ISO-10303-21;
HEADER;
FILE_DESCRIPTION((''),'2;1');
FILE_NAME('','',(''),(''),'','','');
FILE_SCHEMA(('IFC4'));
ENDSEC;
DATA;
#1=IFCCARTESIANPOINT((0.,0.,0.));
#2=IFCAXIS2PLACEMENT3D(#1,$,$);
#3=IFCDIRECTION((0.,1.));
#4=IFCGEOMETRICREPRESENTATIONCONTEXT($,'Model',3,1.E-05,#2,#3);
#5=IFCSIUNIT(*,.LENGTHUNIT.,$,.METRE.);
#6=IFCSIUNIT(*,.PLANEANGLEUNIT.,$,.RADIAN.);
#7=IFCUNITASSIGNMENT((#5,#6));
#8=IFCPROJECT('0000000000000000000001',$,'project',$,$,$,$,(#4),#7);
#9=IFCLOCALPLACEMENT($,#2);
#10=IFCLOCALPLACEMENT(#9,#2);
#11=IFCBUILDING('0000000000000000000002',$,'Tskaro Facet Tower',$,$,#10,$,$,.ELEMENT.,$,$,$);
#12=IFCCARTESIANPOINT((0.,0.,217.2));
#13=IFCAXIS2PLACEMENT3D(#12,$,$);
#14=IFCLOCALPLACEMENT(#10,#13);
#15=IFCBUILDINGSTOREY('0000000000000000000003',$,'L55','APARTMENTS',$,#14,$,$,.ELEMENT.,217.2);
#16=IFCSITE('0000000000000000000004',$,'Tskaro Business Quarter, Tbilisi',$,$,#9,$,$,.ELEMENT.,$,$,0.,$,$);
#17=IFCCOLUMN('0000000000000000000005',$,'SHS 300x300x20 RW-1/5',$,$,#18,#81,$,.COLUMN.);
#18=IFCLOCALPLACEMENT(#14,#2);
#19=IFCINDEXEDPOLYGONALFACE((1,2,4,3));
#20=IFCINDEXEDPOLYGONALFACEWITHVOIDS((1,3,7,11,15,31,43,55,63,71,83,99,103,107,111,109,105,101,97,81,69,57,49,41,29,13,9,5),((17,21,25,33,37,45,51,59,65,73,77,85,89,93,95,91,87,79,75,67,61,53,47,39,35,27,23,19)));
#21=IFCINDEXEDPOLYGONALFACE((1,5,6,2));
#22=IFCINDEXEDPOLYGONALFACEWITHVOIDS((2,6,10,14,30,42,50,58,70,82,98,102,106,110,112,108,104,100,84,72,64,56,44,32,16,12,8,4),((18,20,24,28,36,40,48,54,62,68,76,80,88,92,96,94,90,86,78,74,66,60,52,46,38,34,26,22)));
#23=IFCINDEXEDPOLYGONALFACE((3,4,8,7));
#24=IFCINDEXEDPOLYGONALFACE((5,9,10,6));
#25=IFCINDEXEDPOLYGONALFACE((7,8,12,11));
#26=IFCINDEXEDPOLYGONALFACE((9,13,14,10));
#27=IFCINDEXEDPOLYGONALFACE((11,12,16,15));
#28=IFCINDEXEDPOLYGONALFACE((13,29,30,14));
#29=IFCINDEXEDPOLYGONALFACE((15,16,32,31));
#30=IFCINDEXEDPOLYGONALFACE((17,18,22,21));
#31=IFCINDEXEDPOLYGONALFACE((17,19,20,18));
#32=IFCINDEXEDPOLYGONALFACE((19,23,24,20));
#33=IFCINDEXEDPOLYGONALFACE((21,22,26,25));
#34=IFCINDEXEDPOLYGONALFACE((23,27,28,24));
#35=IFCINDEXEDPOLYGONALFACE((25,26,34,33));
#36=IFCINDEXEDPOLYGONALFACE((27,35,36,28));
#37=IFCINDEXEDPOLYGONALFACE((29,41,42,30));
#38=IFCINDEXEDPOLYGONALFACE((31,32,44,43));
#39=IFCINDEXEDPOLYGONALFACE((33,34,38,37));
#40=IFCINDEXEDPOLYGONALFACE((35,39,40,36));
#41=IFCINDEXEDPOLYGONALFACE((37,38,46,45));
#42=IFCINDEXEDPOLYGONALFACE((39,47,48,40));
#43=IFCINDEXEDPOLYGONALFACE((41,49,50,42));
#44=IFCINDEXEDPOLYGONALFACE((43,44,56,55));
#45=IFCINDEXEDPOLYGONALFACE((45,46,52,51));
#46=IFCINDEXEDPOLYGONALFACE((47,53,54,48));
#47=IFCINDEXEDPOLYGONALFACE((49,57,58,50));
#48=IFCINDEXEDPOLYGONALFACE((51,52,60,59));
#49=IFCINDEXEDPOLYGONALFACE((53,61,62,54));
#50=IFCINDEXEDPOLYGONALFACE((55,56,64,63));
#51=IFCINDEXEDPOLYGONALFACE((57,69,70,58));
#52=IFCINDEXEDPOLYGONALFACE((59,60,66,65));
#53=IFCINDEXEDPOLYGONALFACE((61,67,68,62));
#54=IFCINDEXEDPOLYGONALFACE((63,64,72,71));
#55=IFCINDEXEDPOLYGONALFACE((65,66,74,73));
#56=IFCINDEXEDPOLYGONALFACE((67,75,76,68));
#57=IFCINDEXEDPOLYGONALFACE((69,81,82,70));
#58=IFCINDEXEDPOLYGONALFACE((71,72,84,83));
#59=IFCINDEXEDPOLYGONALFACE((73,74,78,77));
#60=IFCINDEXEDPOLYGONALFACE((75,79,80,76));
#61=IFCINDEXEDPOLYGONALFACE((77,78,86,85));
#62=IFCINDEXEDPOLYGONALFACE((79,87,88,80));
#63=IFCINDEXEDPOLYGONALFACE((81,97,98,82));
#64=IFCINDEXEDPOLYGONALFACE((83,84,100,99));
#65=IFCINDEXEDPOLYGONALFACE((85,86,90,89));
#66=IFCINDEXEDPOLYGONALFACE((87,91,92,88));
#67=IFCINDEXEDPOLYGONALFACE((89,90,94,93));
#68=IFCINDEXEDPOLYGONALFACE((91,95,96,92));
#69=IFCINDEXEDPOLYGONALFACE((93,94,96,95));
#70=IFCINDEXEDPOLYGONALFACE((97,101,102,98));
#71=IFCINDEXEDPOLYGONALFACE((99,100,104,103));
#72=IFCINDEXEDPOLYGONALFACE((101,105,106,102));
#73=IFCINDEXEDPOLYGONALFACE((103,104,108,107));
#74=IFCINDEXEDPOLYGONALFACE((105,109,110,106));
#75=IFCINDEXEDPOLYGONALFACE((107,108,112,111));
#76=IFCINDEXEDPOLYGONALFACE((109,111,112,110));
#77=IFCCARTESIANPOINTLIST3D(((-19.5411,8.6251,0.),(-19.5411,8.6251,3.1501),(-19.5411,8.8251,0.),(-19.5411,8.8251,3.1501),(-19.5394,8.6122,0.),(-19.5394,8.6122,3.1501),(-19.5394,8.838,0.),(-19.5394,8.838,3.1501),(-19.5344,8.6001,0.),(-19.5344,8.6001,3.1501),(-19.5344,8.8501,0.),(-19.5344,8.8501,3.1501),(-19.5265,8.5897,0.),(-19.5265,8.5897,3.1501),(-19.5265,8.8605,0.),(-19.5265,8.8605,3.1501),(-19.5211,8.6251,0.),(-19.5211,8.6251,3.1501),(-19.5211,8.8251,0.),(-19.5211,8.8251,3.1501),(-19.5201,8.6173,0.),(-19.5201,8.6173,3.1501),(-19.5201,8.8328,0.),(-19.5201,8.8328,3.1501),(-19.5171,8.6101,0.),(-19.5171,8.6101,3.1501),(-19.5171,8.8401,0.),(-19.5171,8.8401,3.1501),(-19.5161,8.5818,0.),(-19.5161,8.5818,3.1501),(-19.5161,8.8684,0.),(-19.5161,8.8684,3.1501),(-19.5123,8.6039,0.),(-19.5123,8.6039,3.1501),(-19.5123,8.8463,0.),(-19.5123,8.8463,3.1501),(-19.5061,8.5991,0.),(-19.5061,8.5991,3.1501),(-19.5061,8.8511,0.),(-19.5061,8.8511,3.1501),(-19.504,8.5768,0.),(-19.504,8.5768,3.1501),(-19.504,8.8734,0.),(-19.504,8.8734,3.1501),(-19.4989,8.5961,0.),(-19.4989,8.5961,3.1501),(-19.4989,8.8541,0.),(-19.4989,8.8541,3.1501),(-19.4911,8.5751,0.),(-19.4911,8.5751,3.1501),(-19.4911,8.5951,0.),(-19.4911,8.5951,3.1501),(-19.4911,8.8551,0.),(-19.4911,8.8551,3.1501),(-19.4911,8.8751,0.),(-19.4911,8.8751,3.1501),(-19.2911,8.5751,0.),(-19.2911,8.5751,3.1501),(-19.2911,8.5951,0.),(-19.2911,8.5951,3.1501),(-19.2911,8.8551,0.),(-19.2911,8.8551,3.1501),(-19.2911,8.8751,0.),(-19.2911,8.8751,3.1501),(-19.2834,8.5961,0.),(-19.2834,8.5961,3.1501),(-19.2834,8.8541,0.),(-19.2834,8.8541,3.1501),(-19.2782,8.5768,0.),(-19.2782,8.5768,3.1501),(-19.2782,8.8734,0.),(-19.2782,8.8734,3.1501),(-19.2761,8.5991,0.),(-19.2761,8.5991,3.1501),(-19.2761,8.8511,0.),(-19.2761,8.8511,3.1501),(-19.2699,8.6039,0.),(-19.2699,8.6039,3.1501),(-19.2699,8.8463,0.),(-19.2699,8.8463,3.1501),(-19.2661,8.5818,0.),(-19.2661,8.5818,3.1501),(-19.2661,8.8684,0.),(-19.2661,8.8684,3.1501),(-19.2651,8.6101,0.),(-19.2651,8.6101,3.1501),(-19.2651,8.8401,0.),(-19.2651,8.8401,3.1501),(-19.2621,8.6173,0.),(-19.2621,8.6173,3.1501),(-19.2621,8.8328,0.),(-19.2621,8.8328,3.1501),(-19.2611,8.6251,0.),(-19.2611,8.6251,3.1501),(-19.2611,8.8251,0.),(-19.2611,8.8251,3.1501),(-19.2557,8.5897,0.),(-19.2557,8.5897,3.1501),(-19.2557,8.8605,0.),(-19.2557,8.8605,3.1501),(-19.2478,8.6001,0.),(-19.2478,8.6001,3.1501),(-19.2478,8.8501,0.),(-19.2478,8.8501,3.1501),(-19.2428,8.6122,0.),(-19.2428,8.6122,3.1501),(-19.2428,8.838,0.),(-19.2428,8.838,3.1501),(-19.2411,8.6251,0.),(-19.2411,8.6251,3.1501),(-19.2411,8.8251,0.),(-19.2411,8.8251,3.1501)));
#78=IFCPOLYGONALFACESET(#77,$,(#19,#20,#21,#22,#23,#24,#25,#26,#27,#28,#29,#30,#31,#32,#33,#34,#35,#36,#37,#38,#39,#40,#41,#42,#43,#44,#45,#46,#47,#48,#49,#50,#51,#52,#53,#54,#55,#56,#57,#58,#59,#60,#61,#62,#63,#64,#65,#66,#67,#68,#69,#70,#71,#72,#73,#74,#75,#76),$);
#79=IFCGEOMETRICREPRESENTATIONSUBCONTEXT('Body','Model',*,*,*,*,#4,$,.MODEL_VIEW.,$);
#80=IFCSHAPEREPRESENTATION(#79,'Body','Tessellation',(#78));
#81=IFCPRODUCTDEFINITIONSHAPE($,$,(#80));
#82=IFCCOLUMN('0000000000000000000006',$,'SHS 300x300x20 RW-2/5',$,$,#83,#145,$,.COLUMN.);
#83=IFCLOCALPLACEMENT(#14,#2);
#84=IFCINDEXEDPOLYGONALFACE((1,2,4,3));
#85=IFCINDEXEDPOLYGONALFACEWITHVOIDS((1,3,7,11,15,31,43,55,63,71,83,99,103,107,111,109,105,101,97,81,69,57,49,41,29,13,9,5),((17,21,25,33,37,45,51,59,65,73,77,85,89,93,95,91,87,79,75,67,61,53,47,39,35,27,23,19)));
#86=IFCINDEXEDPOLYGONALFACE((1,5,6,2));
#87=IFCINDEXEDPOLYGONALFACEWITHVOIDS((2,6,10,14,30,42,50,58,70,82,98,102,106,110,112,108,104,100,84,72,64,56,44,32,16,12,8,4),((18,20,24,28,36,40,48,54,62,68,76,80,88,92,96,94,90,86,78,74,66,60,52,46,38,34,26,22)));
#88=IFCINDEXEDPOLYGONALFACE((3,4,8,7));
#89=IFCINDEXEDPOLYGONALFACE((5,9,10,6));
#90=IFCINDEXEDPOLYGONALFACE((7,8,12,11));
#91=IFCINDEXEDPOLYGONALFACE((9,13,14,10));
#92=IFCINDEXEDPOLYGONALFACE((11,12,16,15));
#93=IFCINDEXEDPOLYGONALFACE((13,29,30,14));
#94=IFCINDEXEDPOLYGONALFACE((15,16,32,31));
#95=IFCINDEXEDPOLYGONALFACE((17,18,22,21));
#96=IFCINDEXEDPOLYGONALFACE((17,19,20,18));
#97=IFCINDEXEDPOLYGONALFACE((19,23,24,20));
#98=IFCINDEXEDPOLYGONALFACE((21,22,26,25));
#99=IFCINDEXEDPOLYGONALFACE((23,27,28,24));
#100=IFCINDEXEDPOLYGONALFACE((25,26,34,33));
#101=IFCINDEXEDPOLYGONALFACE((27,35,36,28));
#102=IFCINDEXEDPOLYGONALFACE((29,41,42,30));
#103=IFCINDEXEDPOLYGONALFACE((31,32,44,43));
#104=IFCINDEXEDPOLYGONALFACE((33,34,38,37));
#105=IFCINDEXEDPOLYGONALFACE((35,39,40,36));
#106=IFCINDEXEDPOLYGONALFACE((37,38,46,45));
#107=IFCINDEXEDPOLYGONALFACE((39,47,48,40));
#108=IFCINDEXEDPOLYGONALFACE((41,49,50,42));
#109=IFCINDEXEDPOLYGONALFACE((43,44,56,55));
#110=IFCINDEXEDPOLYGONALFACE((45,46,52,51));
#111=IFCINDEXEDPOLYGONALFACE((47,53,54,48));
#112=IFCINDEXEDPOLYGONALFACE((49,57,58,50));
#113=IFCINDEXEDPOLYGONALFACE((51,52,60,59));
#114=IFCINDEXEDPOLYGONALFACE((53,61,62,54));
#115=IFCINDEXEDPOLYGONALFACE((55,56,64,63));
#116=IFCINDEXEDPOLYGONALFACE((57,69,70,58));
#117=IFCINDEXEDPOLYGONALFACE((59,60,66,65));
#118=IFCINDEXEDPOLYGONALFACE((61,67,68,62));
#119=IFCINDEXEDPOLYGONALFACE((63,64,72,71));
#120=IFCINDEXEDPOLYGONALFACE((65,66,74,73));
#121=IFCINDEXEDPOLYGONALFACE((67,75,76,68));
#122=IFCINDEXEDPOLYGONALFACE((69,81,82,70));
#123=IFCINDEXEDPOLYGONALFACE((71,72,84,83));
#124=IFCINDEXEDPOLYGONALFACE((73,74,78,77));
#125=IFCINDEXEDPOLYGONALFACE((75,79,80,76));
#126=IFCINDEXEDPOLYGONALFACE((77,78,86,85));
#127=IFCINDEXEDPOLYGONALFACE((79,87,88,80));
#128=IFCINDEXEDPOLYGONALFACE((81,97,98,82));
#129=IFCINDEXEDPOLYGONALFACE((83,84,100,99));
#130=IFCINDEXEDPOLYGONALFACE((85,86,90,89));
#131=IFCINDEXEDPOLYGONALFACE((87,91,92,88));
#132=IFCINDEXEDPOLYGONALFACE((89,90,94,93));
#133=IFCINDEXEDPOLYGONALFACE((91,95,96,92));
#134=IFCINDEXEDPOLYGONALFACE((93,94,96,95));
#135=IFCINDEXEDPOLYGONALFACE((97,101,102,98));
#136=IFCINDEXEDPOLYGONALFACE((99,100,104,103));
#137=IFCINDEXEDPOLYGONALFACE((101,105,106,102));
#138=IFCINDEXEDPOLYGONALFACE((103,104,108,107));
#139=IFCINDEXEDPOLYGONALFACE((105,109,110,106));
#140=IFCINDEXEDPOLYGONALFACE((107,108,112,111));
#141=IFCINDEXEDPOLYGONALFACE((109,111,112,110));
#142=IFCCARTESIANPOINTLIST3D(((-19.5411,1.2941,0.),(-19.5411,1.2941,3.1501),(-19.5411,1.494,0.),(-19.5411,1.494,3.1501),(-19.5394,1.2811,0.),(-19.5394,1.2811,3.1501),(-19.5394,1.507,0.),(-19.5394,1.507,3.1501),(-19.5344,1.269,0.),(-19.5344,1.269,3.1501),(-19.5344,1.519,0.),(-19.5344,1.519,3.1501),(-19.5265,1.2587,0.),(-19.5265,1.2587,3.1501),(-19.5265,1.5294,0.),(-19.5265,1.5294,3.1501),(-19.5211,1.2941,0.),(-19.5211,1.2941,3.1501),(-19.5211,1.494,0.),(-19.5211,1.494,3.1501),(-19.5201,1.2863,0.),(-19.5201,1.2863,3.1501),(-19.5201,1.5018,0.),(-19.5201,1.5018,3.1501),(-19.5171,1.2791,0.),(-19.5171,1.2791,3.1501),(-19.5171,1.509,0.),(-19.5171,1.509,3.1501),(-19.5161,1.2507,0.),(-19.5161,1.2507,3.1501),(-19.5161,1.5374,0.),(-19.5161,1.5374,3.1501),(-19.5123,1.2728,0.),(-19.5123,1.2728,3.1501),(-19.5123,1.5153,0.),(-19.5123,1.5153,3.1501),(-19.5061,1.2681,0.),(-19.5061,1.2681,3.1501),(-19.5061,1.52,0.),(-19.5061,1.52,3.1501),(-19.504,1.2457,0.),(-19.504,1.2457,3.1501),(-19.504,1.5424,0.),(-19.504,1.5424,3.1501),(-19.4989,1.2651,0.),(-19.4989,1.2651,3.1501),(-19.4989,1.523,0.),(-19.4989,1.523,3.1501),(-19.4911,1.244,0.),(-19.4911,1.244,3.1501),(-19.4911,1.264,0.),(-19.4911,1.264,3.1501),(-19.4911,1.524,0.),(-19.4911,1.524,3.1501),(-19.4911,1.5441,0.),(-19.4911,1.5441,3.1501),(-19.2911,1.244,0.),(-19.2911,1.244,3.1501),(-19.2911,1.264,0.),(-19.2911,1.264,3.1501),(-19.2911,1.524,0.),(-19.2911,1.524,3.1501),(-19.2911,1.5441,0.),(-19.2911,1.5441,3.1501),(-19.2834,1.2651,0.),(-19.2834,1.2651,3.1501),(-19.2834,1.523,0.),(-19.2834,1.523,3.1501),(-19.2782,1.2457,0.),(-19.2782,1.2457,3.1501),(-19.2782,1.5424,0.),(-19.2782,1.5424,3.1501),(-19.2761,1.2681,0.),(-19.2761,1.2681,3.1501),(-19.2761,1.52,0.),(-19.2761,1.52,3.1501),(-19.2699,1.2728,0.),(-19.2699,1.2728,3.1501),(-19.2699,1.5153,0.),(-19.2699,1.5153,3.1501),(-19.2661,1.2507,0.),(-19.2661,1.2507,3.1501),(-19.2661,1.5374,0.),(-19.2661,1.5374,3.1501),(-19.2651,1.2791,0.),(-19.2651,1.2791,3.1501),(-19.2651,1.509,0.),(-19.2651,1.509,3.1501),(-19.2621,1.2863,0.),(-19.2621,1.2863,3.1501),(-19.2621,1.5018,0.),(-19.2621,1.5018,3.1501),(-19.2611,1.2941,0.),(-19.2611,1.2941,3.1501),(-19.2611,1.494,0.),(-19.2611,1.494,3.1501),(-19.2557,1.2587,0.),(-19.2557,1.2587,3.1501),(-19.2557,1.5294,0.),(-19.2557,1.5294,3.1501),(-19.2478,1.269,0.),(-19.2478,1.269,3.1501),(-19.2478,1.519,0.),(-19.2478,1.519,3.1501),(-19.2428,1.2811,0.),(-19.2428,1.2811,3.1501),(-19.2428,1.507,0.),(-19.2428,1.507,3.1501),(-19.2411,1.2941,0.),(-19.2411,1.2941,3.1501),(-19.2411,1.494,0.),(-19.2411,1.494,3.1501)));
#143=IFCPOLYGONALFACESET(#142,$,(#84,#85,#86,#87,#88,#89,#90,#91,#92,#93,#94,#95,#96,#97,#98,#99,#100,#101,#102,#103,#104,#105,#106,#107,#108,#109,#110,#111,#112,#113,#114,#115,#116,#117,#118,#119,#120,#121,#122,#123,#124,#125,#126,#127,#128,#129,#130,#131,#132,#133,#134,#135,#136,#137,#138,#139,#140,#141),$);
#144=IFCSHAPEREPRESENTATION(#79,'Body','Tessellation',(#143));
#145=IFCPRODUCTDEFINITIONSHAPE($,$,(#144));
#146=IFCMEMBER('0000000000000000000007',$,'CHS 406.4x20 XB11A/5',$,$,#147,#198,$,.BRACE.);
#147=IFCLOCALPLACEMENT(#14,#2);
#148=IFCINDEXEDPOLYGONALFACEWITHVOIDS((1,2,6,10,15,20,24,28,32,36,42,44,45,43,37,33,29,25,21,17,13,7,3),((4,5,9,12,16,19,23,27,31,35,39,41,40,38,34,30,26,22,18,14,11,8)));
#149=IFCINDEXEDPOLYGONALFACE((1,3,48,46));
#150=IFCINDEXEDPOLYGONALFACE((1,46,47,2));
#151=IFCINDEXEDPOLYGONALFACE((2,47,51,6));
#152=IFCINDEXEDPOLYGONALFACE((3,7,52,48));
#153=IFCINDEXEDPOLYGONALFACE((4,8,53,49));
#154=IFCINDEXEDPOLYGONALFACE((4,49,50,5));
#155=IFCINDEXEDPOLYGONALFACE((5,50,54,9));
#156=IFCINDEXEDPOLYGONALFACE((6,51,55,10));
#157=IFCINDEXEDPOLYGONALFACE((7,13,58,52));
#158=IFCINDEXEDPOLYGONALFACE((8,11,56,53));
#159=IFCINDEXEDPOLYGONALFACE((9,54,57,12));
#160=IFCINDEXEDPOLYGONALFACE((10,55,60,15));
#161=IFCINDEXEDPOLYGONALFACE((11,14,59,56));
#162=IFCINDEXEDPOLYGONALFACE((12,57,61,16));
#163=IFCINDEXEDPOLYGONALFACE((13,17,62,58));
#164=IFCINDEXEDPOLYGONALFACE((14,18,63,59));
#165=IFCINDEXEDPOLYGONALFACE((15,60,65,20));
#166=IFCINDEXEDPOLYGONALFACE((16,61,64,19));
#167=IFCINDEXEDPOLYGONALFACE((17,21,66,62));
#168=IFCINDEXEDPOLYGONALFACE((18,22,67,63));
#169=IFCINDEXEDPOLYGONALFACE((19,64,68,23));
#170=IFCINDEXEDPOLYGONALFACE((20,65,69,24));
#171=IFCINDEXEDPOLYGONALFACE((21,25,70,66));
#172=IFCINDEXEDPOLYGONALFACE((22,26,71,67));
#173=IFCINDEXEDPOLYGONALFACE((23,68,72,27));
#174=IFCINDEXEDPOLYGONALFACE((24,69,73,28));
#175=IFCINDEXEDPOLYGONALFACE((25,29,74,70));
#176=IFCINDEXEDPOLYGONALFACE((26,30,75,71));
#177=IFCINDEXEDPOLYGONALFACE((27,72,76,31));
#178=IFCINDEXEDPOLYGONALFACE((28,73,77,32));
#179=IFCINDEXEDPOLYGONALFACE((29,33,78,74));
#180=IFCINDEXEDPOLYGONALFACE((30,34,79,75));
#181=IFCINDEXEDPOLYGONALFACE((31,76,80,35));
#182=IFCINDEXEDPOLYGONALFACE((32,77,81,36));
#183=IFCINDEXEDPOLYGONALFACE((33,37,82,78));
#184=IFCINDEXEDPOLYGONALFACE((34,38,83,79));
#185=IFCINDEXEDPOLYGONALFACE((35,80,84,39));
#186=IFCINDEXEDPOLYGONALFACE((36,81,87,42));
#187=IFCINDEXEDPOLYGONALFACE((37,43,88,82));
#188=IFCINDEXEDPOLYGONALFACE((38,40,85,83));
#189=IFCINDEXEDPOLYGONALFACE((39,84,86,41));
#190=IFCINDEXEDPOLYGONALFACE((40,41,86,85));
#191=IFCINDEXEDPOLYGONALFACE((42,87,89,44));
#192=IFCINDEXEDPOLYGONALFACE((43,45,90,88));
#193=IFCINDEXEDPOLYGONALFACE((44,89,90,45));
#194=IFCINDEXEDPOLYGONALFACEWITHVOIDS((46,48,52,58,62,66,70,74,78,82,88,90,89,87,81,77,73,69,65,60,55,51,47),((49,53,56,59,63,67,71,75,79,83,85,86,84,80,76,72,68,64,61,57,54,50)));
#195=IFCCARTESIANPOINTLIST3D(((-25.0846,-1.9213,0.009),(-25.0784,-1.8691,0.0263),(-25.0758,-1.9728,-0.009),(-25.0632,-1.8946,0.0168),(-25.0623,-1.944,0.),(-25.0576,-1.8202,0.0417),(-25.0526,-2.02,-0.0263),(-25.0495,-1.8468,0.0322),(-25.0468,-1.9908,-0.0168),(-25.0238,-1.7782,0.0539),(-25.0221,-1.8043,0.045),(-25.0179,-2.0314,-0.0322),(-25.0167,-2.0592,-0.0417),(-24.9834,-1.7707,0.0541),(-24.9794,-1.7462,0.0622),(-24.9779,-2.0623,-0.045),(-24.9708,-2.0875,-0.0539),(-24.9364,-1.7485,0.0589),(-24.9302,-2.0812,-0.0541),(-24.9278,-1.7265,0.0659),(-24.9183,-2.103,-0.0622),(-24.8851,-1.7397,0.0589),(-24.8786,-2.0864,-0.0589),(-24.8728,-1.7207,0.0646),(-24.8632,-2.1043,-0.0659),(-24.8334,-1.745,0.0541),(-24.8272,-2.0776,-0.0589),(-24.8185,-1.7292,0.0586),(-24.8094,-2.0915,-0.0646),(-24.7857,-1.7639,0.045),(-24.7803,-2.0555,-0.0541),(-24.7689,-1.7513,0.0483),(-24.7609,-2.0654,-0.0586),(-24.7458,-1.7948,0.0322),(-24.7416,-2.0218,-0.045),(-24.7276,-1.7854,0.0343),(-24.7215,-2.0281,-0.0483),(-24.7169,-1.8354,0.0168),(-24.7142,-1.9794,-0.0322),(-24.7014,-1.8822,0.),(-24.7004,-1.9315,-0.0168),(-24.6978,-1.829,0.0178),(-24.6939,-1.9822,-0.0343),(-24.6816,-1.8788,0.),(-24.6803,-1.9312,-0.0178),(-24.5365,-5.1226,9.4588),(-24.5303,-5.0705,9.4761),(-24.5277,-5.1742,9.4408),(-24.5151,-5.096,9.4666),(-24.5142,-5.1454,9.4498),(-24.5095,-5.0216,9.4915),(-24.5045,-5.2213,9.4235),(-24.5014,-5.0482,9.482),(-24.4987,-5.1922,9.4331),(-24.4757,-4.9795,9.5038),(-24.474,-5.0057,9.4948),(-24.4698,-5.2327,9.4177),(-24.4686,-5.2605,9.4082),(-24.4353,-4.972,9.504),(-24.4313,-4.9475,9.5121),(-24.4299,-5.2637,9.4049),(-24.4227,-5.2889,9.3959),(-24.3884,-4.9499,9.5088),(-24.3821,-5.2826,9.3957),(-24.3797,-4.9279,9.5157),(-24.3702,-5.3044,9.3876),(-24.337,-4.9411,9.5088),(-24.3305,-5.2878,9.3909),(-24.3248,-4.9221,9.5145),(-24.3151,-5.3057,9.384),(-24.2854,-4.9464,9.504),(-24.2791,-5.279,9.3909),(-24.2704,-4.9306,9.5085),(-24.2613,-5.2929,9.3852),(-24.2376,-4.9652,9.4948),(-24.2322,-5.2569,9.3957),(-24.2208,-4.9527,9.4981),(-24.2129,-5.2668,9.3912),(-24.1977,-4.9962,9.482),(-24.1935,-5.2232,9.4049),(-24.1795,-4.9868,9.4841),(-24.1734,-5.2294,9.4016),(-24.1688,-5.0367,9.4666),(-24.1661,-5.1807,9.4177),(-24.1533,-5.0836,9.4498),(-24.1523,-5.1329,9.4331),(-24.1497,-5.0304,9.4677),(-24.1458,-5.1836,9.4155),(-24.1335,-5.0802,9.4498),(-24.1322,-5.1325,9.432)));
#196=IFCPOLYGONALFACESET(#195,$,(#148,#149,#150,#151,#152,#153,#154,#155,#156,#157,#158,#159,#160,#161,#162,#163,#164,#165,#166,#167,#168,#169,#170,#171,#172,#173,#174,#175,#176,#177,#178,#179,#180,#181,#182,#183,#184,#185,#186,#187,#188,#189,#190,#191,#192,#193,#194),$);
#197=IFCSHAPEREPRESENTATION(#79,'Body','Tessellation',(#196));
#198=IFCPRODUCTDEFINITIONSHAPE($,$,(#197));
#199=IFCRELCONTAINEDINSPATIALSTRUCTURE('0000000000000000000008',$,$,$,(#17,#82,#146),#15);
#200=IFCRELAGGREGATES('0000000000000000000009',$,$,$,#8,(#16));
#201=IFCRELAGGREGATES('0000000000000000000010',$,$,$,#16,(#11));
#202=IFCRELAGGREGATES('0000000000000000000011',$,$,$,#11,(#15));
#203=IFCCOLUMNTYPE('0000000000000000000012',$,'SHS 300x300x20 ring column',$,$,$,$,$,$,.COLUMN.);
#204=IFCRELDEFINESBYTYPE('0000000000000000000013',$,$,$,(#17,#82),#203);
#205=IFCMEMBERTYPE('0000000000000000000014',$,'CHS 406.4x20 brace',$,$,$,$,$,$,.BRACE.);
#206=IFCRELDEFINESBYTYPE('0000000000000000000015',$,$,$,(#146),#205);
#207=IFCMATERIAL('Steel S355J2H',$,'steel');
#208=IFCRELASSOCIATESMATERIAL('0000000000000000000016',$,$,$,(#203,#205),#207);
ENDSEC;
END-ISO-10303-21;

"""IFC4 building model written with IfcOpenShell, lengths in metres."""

from ifc_helpers import new_model, si_unit, direction, frame, origin, origin_2d, place, context, subcontext, project, spatial, hollow_rectangle, hollow_circle, extrude, material, material_profile, profile_set, type_object, element, save


model = new_model("IFC4")

# Units and contexts
model_context = context("Model", 3, precision=1e-05, world=origin(), true_north=direction((0.0, 1.0)))
body_context = subcontext(model_context, "Body", "Model", "MODEL_VIEW")
ifc_project = project(units=[si_unit("LENGTHUNIT", "METRE"), si_unit("PLANEANGLEUNIT", "RADIAN")], contexts=[model_context])

# Site, building, storey
site_placement = place(None, origin())
site = spatial("IfcSite", under=ifc_project, at=site_placement, Name="Tskaro Business Quarter, Tbilisi", CompositionType="ELEMENT", RefElevation=0.0)
building_placement = place(site_placement, origin())
building = spatial("IfcBuilding", under=site, at=building_placement, Name="Tskaro Facet Tower", CompositionType="ELEMENT")
storey_placement = place(building_placement, frame((0.0, 0.0, 217.2)))
storey = spatial("IfcBuildingStorey", under=building, at=storey_placement, Name="L55", Description="APARTMENTS", CompositionType="ELEMENT", Elevation=217.2)

# Columns
ifc_material_1 = material(Name="Steel S355J2H", Category="steel")
ifc_material_profile_1 = material_profile(ifc_material_1, hollow_rectangle(XDim=0.3, YDim=0.3, WallThickness=0.02, InnerFilletRadius=0.03, OuterFilletRadius=0.05, at=origin_2d()), Name="SHS 300x300x20")
ifc_profile_set_1 = profile_set([ifc_material_profile_1], Name="Steel S355J2H")
column_type = type_object("IfcColumnType", Name="SHS 300x300x20 ring column", PredefinedType="COLUMN", material=ifc_profile_set_1)
for number, where, z_axis, x_axis, name in (
    (1, (-19.3911, 8.7251, 0.0), (0.0, 0.0, 1.0), (1.0, 0.0, 0.0), "SHS 300x300x20 RW-1/5"),
    (2, (-19.3911, 1.394, 0.0), (0.0, 0.0, 1.0), (1.0, 0.0, 0.0), "SHS 300x300x20 RW-2/5"),
):
    element("IfcColumn", number, at=place(storey_placement, frame(where, z_axis=z_axis, x_axis=x_axis)), inside=storey, type_object=column_type, Name=name, PredefinedType="COLUMN", context=body_context, shape_type="SweptSolid", body=[
        extrude(hollow_rectangle(XDim=0.3, YDim=0.3, WallThickness=0.02, InnerFilletRadius=0.03, OuterFilletRadius=0.05, at=origin_2d()), origin(), (0.0, 0.0, 1.0), 3.1501),
    ])

# Member
ifc_material_profile_2 = material_profile(ifc_material_1, hollow_circle(Radius=0.2031, WallThickness=0.02, at=origin_2d()), Name="CHS 406.4x20")
ifc_profile_set_2 = profile_set([ifc_material_profile_2], Name="Steel S355J2H")
member_type_1 = type_object("IfcMemberType", Name="CHS 406.4x20 brace", PredefinedType="BRACE", material=ifc_profile_set_2)
member_1_placement = place(storey_placement, frame((-24.8818, -1.9131, 0.0), z_axis=(0.05485, -0.32038, 0.9457), x_axis=(0.985659, 0.168749, 0.0)))
element("IfcMember", 3, at=member_1_placement, inside=storey, type_object=member_type_1, Name="CHS 406.4x20 XB11A/5", PredefinedType="BRACE", context=body_context, shape_type="SweptSolid", body=[
    extrude(hollow_circle(Radius=0.2031, WallThickness=0.02, at=origin_2d()), origin(), (0.0, 0.0, 1.0), 9.9924),
])

save(model, "model.ifc")
